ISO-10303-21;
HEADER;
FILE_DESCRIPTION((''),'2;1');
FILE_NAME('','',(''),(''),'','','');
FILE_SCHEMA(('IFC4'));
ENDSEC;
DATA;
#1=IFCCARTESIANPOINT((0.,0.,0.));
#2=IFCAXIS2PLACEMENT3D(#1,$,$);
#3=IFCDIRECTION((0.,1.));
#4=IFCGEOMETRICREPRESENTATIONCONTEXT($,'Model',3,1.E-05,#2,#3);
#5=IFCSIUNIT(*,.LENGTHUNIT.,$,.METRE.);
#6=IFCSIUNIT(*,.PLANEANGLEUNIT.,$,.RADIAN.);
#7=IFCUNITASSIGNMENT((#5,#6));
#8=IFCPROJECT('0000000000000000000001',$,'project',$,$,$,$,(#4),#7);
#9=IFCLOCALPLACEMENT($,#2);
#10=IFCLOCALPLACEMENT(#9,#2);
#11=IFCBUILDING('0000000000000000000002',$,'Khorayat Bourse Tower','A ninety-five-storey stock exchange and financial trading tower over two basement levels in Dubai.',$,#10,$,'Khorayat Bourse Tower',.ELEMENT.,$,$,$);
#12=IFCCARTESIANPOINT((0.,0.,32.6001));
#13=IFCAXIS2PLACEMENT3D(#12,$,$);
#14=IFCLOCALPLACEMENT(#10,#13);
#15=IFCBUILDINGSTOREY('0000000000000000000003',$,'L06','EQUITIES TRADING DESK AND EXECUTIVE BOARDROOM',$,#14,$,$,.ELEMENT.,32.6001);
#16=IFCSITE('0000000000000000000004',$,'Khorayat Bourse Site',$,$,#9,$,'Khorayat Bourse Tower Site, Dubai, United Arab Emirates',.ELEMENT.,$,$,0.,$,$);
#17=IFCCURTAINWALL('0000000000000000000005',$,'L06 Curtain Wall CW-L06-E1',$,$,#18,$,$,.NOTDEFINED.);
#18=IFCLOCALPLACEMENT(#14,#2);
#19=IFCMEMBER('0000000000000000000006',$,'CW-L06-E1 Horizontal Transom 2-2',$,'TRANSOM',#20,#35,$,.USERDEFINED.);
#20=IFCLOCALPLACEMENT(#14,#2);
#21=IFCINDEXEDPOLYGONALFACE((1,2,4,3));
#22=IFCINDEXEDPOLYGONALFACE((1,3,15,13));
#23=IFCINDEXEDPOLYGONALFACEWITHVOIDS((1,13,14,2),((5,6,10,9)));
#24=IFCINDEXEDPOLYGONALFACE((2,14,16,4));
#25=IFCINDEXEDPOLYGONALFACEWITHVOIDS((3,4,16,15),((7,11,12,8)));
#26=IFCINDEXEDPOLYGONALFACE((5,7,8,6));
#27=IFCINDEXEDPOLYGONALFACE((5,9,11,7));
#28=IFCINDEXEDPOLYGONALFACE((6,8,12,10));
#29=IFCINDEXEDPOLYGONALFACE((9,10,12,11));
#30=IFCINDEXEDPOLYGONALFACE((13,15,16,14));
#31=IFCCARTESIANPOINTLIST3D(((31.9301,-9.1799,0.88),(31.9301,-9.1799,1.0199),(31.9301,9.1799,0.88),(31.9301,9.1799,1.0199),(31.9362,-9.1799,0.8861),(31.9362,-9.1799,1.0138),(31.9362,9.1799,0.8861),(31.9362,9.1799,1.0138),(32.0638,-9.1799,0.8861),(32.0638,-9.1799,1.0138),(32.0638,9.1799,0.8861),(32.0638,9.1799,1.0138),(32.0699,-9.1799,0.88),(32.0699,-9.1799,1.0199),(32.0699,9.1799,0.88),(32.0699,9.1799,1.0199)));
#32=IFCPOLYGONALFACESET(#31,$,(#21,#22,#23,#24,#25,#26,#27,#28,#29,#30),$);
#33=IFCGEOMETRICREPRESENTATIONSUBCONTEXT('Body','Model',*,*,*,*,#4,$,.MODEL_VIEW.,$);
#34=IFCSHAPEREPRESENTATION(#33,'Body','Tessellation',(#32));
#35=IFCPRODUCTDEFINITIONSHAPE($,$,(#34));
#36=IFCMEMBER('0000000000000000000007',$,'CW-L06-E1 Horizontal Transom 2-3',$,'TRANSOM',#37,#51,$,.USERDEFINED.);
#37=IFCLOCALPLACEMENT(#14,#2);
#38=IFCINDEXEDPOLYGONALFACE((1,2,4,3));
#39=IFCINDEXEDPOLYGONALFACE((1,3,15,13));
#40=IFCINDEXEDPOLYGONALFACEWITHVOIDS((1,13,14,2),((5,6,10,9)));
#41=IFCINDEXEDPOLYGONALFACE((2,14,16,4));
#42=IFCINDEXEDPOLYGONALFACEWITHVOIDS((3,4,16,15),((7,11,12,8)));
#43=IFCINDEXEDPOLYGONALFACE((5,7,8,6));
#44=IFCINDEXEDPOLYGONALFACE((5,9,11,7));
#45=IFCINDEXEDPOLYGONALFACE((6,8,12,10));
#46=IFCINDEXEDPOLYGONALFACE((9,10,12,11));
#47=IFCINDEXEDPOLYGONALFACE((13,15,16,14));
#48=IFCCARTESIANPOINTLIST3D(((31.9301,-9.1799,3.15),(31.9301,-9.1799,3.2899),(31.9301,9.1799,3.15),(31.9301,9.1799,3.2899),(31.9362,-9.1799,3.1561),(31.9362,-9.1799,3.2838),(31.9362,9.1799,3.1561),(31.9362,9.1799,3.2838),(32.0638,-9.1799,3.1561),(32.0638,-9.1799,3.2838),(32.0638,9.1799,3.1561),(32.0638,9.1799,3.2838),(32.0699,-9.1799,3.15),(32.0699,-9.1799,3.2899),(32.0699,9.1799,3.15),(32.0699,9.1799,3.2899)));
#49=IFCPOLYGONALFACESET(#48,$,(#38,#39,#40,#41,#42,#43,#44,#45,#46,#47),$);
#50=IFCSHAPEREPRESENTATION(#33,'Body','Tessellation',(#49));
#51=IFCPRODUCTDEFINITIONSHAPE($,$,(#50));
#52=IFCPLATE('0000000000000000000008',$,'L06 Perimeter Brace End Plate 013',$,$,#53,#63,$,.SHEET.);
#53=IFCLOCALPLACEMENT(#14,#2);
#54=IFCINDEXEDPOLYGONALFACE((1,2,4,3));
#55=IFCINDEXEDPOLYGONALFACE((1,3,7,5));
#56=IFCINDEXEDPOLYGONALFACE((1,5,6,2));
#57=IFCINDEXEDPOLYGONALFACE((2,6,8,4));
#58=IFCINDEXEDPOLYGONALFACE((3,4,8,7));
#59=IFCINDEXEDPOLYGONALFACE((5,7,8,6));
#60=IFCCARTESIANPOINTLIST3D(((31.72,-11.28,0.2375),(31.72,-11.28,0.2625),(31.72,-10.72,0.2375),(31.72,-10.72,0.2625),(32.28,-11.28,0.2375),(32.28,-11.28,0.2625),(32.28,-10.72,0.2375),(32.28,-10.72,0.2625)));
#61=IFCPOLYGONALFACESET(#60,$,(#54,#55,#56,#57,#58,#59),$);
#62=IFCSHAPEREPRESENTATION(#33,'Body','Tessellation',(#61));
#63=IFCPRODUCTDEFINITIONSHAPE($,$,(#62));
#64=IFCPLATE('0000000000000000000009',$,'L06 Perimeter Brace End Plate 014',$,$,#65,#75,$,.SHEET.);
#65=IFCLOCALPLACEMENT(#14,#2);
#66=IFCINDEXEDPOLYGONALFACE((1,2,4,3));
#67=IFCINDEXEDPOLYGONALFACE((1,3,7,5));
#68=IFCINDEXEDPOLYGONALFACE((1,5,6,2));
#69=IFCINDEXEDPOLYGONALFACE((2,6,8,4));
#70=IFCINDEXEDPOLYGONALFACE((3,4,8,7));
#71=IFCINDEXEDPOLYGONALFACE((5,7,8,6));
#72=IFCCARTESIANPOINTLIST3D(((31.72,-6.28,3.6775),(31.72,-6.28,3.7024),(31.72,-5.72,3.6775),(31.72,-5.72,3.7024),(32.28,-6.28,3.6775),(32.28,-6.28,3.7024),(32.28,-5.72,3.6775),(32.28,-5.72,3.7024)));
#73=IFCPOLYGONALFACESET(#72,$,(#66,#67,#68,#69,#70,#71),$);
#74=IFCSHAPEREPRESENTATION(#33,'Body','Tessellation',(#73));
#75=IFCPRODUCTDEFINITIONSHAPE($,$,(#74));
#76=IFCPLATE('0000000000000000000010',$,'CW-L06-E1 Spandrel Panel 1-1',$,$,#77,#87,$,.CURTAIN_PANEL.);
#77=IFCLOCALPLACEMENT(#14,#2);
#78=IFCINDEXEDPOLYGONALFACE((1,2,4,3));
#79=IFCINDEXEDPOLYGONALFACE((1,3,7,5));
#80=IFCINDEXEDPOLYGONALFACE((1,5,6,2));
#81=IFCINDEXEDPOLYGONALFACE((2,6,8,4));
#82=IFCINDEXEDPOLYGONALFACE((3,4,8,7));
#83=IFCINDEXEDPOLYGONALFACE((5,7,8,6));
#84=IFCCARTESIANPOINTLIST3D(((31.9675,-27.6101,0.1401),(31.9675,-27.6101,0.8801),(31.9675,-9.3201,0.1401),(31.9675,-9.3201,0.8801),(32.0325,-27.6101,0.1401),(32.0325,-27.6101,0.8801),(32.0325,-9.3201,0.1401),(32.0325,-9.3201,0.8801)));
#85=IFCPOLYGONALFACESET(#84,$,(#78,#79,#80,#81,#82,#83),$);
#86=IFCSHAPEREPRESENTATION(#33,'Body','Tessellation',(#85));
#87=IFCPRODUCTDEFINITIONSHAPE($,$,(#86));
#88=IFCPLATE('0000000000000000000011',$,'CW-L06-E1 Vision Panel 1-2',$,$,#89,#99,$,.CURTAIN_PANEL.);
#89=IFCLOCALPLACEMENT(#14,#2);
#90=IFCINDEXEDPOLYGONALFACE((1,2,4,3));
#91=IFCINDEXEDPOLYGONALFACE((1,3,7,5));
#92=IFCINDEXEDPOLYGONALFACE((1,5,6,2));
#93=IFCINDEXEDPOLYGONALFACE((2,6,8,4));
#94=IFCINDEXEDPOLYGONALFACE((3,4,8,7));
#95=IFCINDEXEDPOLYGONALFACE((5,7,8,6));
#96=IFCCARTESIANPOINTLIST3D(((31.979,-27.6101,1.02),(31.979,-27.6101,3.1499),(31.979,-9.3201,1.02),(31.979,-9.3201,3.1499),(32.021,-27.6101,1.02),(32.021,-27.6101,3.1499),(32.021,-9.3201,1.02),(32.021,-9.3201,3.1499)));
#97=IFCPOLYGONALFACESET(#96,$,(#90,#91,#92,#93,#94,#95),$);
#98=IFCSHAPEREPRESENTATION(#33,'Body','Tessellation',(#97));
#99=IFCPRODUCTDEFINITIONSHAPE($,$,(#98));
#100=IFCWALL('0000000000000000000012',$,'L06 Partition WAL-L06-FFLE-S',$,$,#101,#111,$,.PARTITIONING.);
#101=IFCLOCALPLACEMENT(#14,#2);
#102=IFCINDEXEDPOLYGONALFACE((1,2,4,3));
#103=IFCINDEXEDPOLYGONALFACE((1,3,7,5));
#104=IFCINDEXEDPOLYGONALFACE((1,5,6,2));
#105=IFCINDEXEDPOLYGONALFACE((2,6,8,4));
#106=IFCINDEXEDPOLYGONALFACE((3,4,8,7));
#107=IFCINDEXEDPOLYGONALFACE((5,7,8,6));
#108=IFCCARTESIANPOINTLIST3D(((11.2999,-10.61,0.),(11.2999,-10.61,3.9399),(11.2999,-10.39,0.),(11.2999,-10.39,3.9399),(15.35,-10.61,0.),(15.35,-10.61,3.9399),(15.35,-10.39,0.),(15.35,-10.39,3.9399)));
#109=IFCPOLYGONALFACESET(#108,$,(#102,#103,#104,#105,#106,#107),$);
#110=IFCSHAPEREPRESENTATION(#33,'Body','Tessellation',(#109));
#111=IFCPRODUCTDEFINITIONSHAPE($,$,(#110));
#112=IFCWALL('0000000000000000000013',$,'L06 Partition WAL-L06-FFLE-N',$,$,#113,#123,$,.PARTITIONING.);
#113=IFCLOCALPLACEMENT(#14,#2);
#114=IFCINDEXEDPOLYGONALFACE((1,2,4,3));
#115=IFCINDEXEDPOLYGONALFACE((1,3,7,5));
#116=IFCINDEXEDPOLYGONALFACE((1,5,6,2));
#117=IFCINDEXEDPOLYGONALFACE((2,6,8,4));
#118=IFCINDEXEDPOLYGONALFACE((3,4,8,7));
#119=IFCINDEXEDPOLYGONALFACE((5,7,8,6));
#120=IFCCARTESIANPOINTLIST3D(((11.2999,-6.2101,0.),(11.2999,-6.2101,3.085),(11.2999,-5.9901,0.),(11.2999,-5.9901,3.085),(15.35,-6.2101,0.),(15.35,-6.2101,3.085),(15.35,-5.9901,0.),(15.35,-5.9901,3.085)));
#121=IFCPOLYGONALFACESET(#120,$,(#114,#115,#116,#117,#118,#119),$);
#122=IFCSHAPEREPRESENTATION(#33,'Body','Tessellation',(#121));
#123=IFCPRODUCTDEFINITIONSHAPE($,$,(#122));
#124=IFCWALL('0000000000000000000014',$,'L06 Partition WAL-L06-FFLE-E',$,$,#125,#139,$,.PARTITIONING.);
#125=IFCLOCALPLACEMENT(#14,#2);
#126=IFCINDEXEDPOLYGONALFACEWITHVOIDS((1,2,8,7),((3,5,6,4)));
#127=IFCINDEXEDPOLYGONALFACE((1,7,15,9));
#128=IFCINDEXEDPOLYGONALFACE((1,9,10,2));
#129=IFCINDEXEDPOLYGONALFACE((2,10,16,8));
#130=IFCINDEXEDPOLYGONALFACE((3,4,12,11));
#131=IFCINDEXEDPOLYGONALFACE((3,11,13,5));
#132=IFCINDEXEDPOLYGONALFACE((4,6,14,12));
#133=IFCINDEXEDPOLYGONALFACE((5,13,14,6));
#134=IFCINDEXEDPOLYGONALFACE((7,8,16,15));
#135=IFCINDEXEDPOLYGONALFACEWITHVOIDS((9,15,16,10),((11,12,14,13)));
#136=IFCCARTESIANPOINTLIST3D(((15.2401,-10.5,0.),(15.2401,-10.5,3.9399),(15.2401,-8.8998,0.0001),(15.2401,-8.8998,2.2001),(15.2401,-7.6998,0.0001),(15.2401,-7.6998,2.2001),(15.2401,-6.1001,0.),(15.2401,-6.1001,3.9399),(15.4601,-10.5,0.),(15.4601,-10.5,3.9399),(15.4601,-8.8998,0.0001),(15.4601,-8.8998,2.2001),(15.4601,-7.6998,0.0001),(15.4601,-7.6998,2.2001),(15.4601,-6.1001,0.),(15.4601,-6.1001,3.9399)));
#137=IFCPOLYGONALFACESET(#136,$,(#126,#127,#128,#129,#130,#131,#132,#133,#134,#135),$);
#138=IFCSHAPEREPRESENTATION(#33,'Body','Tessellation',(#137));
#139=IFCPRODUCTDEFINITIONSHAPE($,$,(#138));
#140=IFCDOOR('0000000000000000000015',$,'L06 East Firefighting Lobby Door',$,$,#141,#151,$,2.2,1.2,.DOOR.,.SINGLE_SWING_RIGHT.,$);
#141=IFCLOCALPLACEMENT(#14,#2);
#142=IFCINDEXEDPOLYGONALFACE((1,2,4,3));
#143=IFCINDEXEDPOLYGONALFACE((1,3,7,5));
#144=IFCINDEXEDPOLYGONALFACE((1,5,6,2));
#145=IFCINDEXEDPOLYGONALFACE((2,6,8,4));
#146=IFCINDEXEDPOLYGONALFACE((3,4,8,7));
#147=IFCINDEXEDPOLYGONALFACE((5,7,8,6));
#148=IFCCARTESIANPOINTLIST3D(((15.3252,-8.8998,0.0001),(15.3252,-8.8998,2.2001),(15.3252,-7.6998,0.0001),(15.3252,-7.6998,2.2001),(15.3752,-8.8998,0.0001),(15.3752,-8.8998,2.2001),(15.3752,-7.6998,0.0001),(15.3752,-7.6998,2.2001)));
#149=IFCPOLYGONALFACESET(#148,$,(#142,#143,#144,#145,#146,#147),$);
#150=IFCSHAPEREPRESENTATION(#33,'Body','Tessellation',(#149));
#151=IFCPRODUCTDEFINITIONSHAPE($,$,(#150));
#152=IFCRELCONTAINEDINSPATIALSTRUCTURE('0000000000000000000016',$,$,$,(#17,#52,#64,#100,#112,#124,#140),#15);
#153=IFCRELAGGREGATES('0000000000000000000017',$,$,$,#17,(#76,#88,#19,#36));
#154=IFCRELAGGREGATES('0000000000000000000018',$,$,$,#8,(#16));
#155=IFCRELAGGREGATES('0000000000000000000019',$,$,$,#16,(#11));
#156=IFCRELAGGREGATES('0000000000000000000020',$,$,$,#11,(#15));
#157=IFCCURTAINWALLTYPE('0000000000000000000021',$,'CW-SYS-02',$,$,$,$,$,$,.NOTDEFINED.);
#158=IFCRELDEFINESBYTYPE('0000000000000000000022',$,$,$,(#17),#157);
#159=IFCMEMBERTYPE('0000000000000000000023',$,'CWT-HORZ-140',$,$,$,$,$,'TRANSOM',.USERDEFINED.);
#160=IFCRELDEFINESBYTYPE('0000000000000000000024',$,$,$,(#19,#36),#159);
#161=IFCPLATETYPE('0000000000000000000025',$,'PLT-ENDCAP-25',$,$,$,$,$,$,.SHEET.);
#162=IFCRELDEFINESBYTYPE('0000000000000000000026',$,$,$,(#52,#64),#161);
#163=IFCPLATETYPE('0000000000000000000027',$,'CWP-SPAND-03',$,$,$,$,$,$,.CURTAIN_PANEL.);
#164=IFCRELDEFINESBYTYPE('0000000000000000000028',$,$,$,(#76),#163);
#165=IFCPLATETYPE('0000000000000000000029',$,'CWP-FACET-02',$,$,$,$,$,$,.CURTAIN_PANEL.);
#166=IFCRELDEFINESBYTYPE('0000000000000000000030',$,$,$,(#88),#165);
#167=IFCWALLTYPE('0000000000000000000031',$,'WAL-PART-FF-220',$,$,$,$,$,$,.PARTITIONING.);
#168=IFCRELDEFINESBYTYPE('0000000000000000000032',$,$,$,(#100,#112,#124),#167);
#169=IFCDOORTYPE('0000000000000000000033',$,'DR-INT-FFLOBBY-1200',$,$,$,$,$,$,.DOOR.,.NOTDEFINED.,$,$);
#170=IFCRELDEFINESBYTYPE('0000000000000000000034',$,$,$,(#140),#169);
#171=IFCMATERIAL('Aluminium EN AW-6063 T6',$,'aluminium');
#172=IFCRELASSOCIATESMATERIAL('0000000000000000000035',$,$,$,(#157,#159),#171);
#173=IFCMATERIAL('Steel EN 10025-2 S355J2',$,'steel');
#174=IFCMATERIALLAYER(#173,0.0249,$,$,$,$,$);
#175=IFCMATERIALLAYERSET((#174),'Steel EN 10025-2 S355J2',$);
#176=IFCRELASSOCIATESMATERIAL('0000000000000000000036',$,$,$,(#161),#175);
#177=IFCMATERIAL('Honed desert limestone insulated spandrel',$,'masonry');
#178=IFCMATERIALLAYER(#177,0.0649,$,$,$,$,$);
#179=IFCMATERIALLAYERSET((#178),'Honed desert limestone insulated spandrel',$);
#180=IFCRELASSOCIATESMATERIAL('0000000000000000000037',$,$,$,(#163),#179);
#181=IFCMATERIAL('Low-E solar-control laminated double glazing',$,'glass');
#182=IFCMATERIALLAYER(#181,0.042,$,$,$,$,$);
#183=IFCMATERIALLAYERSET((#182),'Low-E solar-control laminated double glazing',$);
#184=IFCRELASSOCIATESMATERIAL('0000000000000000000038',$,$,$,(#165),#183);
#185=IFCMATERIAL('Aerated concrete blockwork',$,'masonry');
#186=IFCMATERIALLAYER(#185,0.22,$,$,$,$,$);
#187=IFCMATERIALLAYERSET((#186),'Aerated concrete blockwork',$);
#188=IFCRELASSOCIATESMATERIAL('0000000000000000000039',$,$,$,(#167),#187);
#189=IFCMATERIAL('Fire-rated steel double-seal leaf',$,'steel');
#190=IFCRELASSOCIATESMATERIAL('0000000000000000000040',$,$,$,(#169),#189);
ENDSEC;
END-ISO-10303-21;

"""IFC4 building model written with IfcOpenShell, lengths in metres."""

from ifc_helpers import new_model, si_unit, direction, frame, frame_2d, origin, origin_2d, place, context, subcontext, project, spatial, rectangle, hollow_rectangle, extrude, source, transform, mapped, material, layer, layer_set, material_profile, profile_set, type_object, element, fill, aggregate, save


model = new_model("IFC4")

# Units and contexts
model_context = context("Model", 3, precision=1e-05, world=origin(), true_north=direction((0.0, 1.0)))
body_context = subcontext(model_context, "Body", "Model", "MODEL_VIEW")
ifc_project = project(units=[si_unit("LENGTHUNIT", "METRE"), si_unit("PLANEANGLEUNIT", "RADIAN")], contexts=[model_context])

# Site, building, storey
site_placement = place(None, origin())
site = spatial("IfcSite", under=ifc_project, at=site_placement, Name="Khorayat Bourse Site", LongName="Khorayat Bourse Tower Site, Dubai, United Arab Emirates", CompositionType="ELEMENT", RefElevation=0.0)
building_placement = place(site_placement, origin())
building = spatial("IfcBuilding", under=site, at=building_placement, Name="Khorayat Bourse Tower", Description="A ninety-five-storey stock exchange and financial trading tower over two basement levels in Dubai.", LongName="Khorayat Bourse Tower", CompositionType="ELEMENT")
storey_placement = place(building_placement, frame((0.0, 0.0, 32.6001)))
storey = spatial("IfcBuildingStorey", under=building, at=storey_placement, Name="L06", Description="EQUITIES TRADING DESK AND EXECUTIVE BOARDROOM", CompositionType="ELEMENT", Elevation=32.6001)

# Curtain wall, members
ifc_material_1 = material(Name="Aluminium EN AW-6063 T6", Category="aluminium")
curtain_wall_type = type_object("IfcCurtainWallType", Name="CW-SYS-02", PredefinedType="NOTDEFINED", material=ifc_material_1)
curtain_wall_placement = place(storey_placement, origin())
curtain_wall = element("IfcCurtainWall", 1, at=curtain_wall_placement, inside=storey, type_object=curtain_wall_type, Name="L06 Curtain Wall CW-L06-E1", PredefinedType="NOTDEFINED")
ifc_material_profile_1 = material_profile(ifc_material_1, hollow_rectangle(XDim=0.1399, YDim=0.1399, WallThickness=0.0061, at=origin_2d()), Name="ALU 140x140x6")
ifc_profile_set_1 = profile_set([ifc_material_profile_1], Name="Aluminium EN AW-6063 T6")
member_type_1 = type_object("IfcMemberType", Name="CWT-HORZ-140", ElementType="TRANSOM", PredefinedType="USERDEFINED", material=ifc_profile_set_1)
shared_shape_1 = source(origin(), body_context, "Body", "SweptSolid", [
    extrude(hollow_rectangle(XDim=0.1399, YDim=0.1399, WallThickness=0.0061, at=origin_2d()), origin(), (0.0, 0.0, 1.0), 18.3599),
])
member_1_placement = place(storey_placement, frame((32.0, -9.1799, 0.95), z_axis=(0.0, 1.0, 0.0), x_axis=(-1.0, 0.0, 0.0)))
member_1 = element("IfcMember", 2, at=member_1_placement, type_object=member_type_1, Name="CW-L06-E1 Horizontal Transom 2-2", ObjectType="TRANSOM", PredefinedType="USERDEFINED", context=body_context, shape_type="MappedRepresentation", body=[
    mapped(shared_shape_1, transform((0.0, 0.0, 0.0), scale=1.0)),
])
member_2_placement = place(storey_placement, frame((32.0, -9.1799, 3.22), z_axis=(0.0, 1.0, 0.0), x_axis=(-1.0, 0.0, 0.0)))
member_2 = element("IfcMember", 3, at=member_2_placement, type_object=member_type_1, Name="CW-L06-E1 Horizontal Transom 2-3", ObjectType="TRANSOM", PredefinedType="USERDEFINED", context=body_context, shape_type="MappedRepresentation", body=[
    mapped(shared_shape_1, transform((0.0, 0.0, 0.0), scale=1.0)),
])

# Plates
ifc_material_2 = material(Name="Steel EN 10025-2 S355J2", Category="steel")
ifc_layer_1 = layer(ifc_material_2, 0.0249)
ifc_layer_set_1 = layer_set([ifc_layer_1], Name="Steel EN 10025-2 S355J2")
plate_type_1 = type_object("IfcPlateType", Name="PLT-ENDCAP-25", PredefinedType="SHEET", material=ifc_layer_set_1)
shared_shape_2 = source(origin(), body_context, "Body", "SweptSolid", [
    extrude(rectangle(XDim=0.5601, YDim=0.5601, at=origin_2d()), origin(), (0.0, 0.0, 1.0), 0.0249),
])
for number, where, z_axis, x_axis, name in (
    (4, (32.0, -11.0, 0.2375), (0.0, 0.0, 1.0), (1.0, 0.0, 0.0), "L06 Perimeter Brace End Plate 013"),
    (5, (32.0, -6.0, 3.6775), (0.0, 0.0, 1.0), (1.0, 0.0, 0.0), "L06 Perimeter Brace End Plate 014"),
):
    element("IfcPlate", number, at=place(storey_placement, frame(where, z_axis=z_axis, x_axis=x_axis)), inside=storey, type_object=plate_type_1, Name=name, PredefinedType="SHEET", context=body_context, shape_type="MappedRepresentation", body=[
        mapped(shared_shape_2, transform((0.0, 0.0, 0.0), scale=1.0)),
    ])

# Plates
ifc_material_3 = material(Name="Honed desert limestone insulated spandrel", Category="masonry")
ifc_layer_2 = layer(ifc_material_3, 0.0649)
ifc_layer_set_2 = layer_set([ifc_layer_2], Name="Honed desert limestone insulated spandrel")
plate_type_2 = type_object("IfcPlateType", Name="CWP-SPAND-03", PredefinedType="CURTAIN_PANEL", material=ifc_layer_set_2)
shared_shape_3 = source(origin(), body_context, "Body", "SweptSolid", [
    extrude(rectangle(XDim=18.29, YDim=0.0649, at=origin_2d()), origin(), (0.0, 0.0, 1.0), 0.74),
])
plate_1_placement = place(storey_placement, frame((32.0, -18.4651, 0.1401), z_axis=(0.0, 0.0, 1.0), x_axis=(0.0, 1.0, 0.0)))
plate_1 = element("IfcPlate", 6, at=plate_1_placement, type_object=plate_type_2, Name="CW-L06-E1 Spandrel Panel 1-1", PredefinedType="CURTAIN_PANEL", context=body_context, shape_type="MappedRepresentation", body=[
    mapped(shared_shape_3, transform((0.0, 0.0, 0.0), scale=1.0)),
])
ifc_material_4 = material(Name="Low-E solar-control laminated double glazing", Category="glass")
ifc_layer_3 = layer(ifc_material_4, 0.042)
ifc_layer_set_3 = layer_set([ifc_layer_3], Name="Low-E solar-control laminated double glazing")
plate_type_3 = type_object("IfcPlateType", Name="CWP-FACET-02", PredefinedType="CURTAIN_PANEL", material=ifc_layer_set_3)
shared_shape_4 = source(origin(), body_context, "Body", "SweptSolid", [
    extrude(rectangle(XDim=18.29, YDim=0.042, at=origin_2d()), origin(), (0.0, 0.0, 1.0), 2.1299),
])
plate_2_placement = place(storey_placement, frame((32.0, -18.4651, 1.02), z_axis=(0.0, 0.0, 1.0), x_axis=(0.0, 1.0, 0.0)))
plate_2 = element("IfcPlate", 7, at=plate_2_placement, type_object=plate_type_3, Name="CW-L06-E1 Vision Panel 1-2", PredefinedType="CURTAIN_PANEL", context=body_context, shape_type="MappedRepresentation", body=[
    mapped(shared_shape_4, transform((0.0, 0.0, 0.0), scale=1.0)),
])
aggregate(curtain_wall, [plate_1, plate_2, member_1, member_2])

# Walls
ifc_material_5 = material(Name="Aerated concrete blockwork", Category="masonry")
ifc_layer_4 = layer(ifc_material_5, 0.22)
ifc_layer_set_4 = layer_set([ifc_layer_4], Name="Aerated concrete blockwork")
wall_type_1 = type_object("IfcWallType", Name="WAL-PART-FF-220", PredefinedType="PARTITIONING", material=ifc_layer_set_4)
shared_shape_5 = source(origin(), body_context, "Body", "SweptSolid", [
    extrude(rectangle(XDim=4.05, YDim=0.22, at=frame_2d((2.0249, 0.0))), origin(), (0.0, 0.0, 1.0), 3.9399),
])
wall_1_placement = place(storey_placement, frame((11.3, -10.5, 0.0), z_axis=(0.0, 0.0, 1.0), x_axis=(1.0, 0.0, 0.0)))
element("IfcWall", 8, at=wall_1_placement, inside=storey, type_object=wall_type_1, Name="L06 Partition WAL-L06-FFLE-S", PredefinedType="PARTITIONING", context=body_context, shape_type="MappedRepresentation", body=[
    mapped(shared_shape_5, transform((0.0, 0.0, 0.0), scale=1.0)),
])
shared_shape_6 = source(origin(), body_context, "Body", "SweptSolid", [
    extrude(rectangle(XDim=4.05, YDim=0.22, at=frame_2d((2.0249, 0.0))), origin(), (0.0, 0.0, 1.0), 3.085),
])
wall_2_placement = place(storey_placement, frame((11.3, -6.1001, 0.0), z_axis=(0.0, 0.0, 1.0), x_axis=(1.0, 0.0, 0.0)))
element("IfcWall", 9, at=wall_2_placement, inside=storey, type_object=wall_type_1, Name="L06 Partition WAL-L06-FFLE-N", PredefinedType="PARTITIONING", context=body_context, shape_type="MappedRepresentation", body=[
    mapped(shared_shape_6, transform((0.0, 0.0, 0.0), scale=1.0)),
])

# Wall, opening, door
shared_shape_7 = source(origin(), body_context, "Body", "SweptSolid", [
    extrude(rectangle(XDim=4.3999, YDim=0.22, at=frame_2d((2.2, 0.0))), origin(), (0.0, 0.0, 1.0), 3.9399),
])
wall_3_placement = place(storey_placement, frame((15.3501, -10.5, 0.0), z_axis=(0.0, 0.0, 1.0), x_axis=(0.0, 1.0, 0.0)))
wall_3 = element("IfcWall", 10, at=wall_3_placement, inside=storey, type_object=wall_type_1, Name="L06 Partition WAL-L06-FFLE-E", PredefinedType="PARTITIONING", context=body_context, shape_type="MappedRepresentation", body=[
    mapped(shared_shape_7, transform((0.0, 0.0, 0.0), scale=1.0)),
])
shared_shape_8 = source(origin(), body_context, "Body", "SweptSolid", [
    extrude(rectangle(XDim=1.2, YDim=2.2, at=frame_2d((0.6001, 1.1001))), frame((0.0, 0.1199, 0.0), z_axis=(0.0, -1.0, 0.0), x_axis=(1.0, 0.0, 0.0)), (0.0, 0.0, 1.0), 0.24),
])
opening_1_placement = place(wall_3_placement, frame((1.6001, 0.0, 0.0)))
opening_1 = element("IfcOpeningElement", 11, at=opening_1_placement, cuts=wall_3, PredefinedType="OPENING", context=body_context, shape_type="MappedRepresentation", body=[
    mapped(shared_shape_8, transform((0.0, 0.0, 0.0), scale=1.0)),
])
ifc_material_6 = material(Name="Fire-rated steel double-seal leaf", Category="steel")
door_type_1 = type_object("IfcDoorType", Name="DR-INT-FFLOBBY-1200", OperationType="NOTDEFINED", PredefinedType="DOOR", material=ifc_material_6)
shared_shape_9 = source(origin(), body_context, "Body", "SweptSolid", [
    extrude(rectangle(XDim=1.2, YDim=2.2, at=frame_2d((0.6001, 1.1001))), frame((0.0, 0.0249, 0.0), z_axis=(0.0, -1.0, 0.0), x_axis=(1.0, 0.0, 0.0)), (0.0, 0.0, 1.0), 0.05),
])
door_1_placement = place(opening_1_placement, origin())
door_1 = element("IfcDoor", 12, at=door_1_placement, inside=storey, type_object=door_type_1, Name="L06 East Firefighting Lobby Door", OperationType="SINGLE_SWING_RIGHT", OverallHeight=2.2, OverallWidth=1.2, PredefinedType="DOOR", context=body_context, shape_type="MappedRepresentation", body=[
    mapped(shared_shape_9, transform((0.0, 0.0, 0.0), scale=1.0)),
])
fill(opening_1, door_1)

save(model, "model.ifc")
